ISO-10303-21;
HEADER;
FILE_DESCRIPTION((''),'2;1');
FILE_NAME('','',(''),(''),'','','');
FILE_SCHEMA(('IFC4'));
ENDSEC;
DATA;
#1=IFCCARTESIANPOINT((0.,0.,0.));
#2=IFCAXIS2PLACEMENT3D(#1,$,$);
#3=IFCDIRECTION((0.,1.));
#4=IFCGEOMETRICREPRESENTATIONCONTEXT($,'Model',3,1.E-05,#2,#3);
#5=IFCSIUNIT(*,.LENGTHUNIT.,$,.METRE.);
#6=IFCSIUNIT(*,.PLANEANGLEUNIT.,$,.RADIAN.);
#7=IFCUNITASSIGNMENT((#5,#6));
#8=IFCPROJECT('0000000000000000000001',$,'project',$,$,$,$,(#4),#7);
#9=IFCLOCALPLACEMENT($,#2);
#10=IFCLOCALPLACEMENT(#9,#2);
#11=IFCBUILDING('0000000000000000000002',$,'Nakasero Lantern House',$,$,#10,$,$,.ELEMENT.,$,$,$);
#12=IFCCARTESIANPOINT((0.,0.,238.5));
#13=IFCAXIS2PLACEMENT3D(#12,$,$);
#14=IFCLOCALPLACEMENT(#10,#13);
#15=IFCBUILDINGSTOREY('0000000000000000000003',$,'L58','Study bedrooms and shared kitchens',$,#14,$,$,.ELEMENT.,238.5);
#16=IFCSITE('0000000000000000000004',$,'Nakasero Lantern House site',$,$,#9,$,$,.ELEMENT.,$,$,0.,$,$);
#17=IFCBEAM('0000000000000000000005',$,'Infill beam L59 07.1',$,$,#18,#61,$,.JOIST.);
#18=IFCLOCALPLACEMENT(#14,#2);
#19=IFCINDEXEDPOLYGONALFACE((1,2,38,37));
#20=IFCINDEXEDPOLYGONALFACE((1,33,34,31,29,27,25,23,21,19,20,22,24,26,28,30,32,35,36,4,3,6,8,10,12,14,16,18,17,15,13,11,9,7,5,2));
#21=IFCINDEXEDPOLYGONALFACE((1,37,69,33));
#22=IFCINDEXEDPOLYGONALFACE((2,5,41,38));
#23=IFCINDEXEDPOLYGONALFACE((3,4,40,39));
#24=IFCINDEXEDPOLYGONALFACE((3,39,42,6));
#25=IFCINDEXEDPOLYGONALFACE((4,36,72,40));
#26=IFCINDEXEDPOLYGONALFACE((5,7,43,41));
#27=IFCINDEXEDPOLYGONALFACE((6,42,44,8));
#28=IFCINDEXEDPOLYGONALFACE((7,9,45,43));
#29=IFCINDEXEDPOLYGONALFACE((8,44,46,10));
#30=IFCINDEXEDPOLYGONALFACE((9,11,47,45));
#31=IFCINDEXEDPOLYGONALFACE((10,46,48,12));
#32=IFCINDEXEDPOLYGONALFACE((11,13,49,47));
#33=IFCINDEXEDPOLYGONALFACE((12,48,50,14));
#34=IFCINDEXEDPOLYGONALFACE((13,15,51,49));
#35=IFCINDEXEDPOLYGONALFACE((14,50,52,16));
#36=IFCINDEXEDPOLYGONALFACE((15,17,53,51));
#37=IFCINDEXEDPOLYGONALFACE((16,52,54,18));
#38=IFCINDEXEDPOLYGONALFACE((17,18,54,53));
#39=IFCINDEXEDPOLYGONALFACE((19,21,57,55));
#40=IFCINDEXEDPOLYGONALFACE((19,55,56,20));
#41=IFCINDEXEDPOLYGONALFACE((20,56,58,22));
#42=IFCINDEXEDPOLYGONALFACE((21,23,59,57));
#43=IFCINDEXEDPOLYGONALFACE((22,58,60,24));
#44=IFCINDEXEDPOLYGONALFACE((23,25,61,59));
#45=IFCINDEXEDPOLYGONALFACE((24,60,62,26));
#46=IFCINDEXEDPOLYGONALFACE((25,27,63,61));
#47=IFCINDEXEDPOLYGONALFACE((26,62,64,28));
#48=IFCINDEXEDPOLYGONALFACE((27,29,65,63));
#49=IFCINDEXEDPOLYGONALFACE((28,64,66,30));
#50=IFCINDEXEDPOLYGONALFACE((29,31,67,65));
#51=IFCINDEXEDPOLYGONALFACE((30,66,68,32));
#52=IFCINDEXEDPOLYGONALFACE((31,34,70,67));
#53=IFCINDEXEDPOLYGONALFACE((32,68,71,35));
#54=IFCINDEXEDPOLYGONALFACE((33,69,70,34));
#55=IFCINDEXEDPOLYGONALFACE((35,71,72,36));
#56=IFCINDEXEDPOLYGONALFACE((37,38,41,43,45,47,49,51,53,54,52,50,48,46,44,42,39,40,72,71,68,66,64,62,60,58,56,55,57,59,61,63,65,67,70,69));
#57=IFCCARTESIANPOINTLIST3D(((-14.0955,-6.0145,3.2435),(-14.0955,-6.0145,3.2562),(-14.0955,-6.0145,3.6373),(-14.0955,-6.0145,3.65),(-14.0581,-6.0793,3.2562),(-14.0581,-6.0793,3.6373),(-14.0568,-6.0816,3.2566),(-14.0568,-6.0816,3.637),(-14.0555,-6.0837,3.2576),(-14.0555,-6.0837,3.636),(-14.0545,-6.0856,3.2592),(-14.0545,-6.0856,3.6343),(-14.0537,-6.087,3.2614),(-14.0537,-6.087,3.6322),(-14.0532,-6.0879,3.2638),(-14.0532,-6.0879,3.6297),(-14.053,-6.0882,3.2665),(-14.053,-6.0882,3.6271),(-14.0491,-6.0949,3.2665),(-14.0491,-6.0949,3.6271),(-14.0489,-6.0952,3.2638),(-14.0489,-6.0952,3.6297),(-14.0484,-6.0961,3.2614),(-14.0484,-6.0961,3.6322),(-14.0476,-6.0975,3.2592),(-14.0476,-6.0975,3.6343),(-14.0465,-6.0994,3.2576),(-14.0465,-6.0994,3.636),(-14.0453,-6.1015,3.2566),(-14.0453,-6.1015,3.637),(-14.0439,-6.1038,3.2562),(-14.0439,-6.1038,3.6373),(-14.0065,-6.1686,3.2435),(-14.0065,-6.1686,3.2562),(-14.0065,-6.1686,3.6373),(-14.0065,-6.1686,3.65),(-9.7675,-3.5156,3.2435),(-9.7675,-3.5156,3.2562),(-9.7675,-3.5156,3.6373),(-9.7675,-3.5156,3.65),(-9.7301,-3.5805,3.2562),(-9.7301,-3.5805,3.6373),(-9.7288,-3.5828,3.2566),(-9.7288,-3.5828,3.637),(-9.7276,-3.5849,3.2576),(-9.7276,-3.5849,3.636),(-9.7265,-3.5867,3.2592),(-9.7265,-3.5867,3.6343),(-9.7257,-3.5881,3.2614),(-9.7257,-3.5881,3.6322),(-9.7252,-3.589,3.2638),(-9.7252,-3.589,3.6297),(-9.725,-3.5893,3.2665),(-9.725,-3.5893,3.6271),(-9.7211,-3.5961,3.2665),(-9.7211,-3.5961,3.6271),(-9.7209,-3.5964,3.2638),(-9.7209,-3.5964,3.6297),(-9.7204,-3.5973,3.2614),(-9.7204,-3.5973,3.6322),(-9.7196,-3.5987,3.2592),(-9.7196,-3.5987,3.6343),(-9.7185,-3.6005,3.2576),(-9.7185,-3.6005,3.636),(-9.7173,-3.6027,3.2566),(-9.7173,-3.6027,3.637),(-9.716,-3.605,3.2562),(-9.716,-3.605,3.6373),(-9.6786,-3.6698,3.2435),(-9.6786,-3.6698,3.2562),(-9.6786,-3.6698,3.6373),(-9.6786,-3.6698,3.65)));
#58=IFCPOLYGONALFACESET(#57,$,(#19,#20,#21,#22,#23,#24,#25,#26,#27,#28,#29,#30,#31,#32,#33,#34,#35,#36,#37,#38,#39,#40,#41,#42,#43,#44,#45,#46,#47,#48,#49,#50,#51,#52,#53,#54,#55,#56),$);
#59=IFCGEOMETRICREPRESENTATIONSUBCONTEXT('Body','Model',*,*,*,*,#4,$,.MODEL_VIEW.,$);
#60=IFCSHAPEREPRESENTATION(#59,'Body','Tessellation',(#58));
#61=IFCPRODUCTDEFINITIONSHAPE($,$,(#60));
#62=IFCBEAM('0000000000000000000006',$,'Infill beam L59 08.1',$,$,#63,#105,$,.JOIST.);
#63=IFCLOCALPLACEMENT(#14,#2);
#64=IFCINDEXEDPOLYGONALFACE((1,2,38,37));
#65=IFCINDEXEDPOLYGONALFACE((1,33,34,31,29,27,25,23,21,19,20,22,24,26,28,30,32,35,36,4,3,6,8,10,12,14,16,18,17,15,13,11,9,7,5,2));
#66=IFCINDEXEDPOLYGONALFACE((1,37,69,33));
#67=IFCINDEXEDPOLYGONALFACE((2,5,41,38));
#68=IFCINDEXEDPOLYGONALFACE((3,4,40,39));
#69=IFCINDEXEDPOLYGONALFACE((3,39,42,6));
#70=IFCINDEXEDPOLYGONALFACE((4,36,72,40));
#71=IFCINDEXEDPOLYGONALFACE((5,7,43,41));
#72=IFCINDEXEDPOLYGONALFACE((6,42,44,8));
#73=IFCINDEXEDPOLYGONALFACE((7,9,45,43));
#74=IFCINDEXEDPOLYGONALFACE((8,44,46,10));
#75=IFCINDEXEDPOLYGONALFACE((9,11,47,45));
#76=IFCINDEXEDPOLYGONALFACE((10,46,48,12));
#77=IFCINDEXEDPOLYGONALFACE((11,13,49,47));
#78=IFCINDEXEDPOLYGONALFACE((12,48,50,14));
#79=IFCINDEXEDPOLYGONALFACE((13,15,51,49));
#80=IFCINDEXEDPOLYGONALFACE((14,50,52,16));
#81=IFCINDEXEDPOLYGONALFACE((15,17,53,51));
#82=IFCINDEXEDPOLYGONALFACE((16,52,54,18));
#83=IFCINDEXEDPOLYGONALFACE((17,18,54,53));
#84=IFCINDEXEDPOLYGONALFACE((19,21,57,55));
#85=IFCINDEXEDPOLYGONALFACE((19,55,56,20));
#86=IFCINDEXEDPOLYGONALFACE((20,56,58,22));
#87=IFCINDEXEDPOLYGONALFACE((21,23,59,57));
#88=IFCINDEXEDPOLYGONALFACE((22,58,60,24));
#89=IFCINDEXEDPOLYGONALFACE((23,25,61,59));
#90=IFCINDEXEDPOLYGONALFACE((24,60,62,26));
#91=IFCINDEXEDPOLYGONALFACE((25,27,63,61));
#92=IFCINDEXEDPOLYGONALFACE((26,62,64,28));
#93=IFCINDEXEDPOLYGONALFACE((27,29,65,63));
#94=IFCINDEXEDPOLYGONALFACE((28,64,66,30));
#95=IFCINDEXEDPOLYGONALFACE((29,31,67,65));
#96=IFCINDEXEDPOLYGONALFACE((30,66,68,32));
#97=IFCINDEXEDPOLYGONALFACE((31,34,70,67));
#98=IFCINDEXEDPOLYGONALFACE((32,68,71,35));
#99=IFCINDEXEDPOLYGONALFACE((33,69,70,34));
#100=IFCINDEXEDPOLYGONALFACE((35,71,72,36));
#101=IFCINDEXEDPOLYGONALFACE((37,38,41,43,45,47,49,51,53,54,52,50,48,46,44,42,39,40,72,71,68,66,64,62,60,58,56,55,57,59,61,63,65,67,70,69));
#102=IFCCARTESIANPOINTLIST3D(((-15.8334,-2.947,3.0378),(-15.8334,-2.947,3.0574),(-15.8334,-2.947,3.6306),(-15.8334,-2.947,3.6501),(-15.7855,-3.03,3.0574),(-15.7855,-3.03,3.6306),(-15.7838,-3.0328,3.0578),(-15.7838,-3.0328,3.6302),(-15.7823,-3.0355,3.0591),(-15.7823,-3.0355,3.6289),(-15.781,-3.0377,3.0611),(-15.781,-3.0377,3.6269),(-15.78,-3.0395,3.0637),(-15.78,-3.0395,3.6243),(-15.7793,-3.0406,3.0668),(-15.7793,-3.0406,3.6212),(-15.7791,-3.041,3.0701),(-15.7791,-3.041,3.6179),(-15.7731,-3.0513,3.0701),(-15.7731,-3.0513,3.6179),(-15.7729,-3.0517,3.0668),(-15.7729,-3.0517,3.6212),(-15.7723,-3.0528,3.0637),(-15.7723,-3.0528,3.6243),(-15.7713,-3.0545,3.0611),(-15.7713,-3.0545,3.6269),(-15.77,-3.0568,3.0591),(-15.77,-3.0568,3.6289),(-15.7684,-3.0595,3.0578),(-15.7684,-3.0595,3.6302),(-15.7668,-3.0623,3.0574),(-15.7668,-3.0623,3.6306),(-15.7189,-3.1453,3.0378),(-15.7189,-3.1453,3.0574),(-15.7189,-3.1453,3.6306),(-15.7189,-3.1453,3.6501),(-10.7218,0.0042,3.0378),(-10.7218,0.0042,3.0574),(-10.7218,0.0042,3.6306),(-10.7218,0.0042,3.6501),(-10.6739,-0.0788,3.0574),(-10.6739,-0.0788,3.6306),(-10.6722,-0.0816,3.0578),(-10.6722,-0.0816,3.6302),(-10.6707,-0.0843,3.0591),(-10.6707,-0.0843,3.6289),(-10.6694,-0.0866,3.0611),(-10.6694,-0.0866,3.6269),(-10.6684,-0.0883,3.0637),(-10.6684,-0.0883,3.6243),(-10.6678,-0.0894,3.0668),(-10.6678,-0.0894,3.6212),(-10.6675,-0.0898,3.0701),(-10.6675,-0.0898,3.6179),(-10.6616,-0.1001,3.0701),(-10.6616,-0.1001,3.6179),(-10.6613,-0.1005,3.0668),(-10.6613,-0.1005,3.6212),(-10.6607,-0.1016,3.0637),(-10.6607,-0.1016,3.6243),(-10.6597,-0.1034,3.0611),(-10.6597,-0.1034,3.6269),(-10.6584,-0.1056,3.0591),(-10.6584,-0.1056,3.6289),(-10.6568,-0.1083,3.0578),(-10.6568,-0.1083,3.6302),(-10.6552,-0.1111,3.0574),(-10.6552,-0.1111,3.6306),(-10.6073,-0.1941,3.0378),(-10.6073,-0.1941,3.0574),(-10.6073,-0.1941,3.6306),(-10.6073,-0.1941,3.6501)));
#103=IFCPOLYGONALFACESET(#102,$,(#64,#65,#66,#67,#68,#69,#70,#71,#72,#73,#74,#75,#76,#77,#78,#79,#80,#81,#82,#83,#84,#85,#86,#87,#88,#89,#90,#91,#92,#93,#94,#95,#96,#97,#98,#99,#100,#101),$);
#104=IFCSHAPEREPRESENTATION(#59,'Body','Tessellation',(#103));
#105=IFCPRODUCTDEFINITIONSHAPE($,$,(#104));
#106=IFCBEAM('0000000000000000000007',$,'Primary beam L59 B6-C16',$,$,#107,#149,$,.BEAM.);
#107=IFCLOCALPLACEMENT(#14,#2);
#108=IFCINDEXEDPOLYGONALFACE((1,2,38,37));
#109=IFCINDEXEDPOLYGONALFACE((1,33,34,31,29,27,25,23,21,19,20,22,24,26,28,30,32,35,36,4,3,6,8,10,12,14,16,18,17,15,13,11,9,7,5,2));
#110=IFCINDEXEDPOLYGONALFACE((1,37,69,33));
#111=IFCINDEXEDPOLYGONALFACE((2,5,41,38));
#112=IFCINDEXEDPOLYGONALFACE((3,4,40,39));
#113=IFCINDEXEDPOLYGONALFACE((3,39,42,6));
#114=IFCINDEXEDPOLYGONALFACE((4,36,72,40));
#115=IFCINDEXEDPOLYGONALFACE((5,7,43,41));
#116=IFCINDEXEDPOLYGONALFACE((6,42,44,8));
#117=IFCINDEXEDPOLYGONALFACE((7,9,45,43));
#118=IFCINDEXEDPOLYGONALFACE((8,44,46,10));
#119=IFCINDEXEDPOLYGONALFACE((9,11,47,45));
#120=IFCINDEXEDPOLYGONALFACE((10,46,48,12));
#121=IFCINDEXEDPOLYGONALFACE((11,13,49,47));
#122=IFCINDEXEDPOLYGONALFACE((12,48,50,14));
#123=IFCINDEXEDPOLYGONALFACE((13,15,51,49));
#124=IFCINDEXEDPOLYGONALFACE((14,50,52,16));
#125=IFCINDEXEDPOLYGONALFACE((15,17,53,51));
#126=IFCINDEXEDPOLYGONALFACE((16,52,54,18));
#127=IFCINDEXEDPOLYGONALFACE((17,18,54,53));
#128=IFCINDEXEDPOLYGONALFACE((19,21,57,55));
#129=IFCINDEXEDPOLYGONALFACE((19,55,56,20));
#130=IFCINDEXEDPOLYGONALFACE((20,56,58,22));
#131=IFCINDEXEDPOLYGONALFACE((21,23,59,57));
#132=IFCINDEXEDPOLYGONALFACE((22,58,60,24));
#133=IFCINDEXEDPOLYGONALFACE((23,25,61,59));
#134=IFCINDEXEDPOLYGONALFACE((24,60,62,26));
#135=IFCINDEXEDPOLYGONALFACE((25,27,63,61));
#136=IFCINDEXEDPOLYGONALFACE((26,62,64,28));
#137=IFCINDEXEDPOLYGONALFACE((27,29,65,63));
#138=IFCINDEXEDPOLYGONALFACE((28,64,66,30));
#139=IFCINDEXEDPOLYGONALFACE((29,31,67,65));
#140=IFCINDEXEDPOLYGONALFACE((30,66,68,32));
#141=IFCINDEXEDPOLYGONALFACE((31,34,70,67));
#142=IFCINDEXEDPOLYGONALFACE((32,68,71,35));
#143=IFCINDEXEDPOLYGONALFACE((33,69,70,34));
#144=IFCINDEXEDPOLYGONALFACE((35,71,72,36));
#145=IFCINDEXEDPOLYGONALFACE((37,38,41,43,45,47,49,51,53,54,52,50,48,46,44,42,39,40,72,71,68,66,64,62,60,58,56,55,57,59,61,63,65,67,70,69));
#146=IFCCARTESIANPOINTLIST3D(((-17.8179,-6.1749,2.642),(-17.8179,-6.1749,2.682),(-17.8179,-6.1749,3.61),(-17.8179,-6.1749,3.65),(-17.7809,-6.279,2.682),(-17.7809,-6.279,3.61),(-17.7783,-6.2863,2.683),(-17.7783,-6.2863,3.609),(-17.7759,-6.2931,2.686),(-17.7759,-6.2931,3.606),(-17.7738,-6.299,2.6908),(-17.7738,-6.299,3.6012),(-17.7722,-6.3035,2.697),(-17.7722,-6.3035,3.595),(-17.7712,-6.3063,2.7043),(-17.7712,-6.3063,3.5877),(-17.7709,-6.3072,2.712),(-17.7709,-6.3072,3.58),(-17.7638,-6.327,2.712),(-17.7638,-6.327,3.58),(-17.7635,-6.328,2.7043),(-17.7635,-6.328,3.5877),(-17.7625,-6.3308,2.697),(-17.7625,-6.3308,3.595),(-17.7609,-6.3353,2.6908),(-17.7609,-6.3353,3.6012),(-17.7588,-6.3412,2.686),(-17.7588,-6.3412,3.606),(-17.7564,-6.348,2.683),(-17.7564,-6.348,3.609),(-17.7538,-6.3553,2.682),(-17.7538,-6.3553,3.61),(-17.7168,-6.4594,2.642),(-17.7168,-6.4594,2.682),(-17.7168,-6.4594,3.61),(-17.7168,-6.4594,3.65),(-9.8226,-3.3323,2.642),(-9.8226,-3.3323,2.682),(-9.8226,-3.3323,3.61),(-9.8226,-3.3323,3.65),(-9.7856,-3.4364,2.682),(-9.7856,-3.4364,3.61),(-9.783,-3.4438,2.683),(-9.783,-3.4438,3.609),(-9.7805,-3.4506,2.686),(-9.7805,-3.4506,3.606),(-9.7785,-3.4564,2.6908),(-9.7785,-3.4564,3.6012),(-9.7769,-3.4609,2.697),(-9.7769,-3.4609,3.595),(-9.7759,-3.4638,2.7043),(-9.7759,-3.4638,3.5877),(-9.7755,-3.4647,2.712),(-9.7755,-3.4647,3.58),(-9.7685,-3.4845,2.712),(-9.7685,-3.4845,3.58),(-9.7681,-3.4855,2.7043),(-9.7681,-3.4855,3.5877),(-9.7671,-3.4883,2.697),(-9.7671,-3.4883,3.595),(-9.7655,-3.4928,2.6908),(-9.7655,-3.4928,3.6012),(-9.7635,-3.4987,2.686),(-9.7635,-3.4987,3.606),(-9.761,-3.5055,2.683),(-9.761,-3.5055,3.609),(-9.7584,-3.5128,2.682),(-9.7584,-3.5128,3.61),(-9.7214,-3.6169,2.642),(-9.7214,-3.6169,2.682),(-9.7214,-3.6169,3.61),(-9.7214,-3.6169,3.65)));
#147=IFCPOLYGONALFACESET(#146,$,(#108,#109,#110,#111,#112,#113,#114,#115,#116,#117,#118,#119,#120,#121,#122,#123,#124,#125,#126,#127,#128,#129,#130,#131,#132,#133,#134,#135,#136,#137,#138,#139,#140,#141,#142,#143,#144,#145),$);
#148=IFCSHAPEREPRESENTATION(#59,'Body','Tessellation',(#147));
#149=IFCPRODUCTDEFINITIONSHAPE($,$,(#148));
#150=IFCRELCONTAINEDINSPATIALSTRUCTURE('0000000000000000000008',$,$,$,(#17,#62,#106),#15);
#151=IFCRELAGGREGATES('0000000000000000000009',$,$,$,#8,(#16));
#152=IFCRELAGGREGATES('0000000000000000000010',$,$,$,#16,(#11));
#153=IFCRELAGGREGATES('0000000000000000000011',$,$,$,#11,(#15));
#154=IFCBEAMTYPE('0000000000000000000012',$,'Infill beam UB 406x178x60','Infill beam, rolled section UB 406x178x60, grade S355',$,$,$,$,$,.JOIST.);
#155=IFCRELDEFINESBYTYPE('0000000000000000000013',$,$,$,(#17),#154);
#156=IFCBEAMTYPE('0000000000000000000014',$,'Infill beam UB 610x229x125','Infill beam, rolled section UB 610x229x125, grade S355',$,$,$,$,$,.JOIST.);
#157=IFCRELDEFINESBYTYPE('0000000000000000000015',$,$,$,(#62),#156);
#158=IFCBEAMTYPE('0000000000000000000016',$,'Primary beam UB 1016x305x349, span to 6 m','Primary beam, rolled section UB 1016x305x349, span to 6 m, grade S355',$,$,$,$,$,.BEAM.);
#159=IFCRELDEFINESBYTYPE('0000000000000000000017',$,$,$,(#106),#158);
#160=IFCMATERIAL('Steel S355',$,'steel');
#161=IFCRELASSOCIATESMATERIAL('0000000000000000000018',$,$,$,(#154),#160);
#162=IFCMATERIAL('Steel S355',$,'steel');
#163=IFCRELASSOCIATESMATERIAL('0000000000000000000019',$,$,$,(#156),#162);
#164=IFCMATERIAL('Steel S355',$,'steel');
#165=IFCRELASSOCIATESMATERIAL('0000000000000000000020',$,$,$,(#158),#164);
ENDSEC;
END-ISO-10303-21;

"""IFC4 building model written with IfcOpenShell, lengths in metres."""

from ifc_helpers import new_model, si_unit, direction, frame, origin, origin_2d, place, context, subcontext, project, spatial, i_section, extrude, material, material_profile, profile_set, type_object, element, save


model = new_model("IFC4")

# Units and contexts
model_context = context("Model", 3, precision=1e-05, world=origin(), true_north=direction((0.0, 1.0)))
body_context = subcontext(model_context, "Body", "Model", "MODEL_VIEW")
ifc_project = project(units=[si_unit("LENGTHUNIT", "METRE"), si_unit("PLANEANGLEUNIT", "RADIAN")], contexts=[model_context])

# Site, building, storey
site_placement = place(None, origin())
site = spatial("IfcSite", under=ifc_project, at=site_placement, Name="Nakasero Lantern House site", CompositionType="ELEMENT", RefElevation=0.0)
building_placement = place(site_placement, origin())
building = spatial("IfcBuilding", under=site, at=building_placement, Name="Nakasero Lantern House", CompositionType="ELEMENT")
storey_placement = place(building_placement, frame((0.0, 0.0, 238.5)))
storey = spatial("IfcBuildingStorey", under=building, at=storey_placement, Name="L58", Description="Study bedrooms and shared kitchens", CompositionType="ELEMENT", Elevation=238.5)

# Beams
ifc_material_1 = material(Name="Steel S355", Category="steel")
ifc_material_profile_1 = material_profile(ifc_material_1, i_section(OverallWidth=0.178, OverallDepth=0.4065, WebThickness=0.0078, FlangeThickness=0.0127, FilletRadius=0.0103, at=origin_2d()), Name="UB 406x178x60")
ifc_profile_set_1 = profile_set([ifc_material_profile_1], Name="Steel S355")
beam_type_1 = type_object("IfcBeamType", Name="Infill beam UB 406x178x60", Description="Infill beam, rolled section UB 406x178x60, grade S355", PredefinedType="JOIST", material=ifc_profile_set_1)
beam_1_placement = place(storey_placement, frame((-14.051, -6.0916, 3.4468), z_axis=(0.866019, 0.500011, 0.0), x_axis=(-0.500011, 0.866019, 0.0)))
element("IfcBeam", 1, at=beam_1_placement, inside=storey, type_object=beam_type_1, Name="Infill beam L59 07.1", PredefinedType="JOIST", context=body_context, shape_type="SweptSolid", body=[
    extrude(i_section(OverallWidth=0.178, OverallDepth=0.4065, WebThickness=0.0078, FlangeThickness=0.0127, FilletRadius=0.0103, at=origin_2d()), origin(), (0.0, 0.0, 1.0), 4.9976),
])
ifc_material_2 = material(Name="Steel S355", Category="steel")
ifc_material_profile_2 = material_profile(ifc_material_2, i_section(OverallWidth=0.229, OverallDepth=0.6123, WebThickness=0.012, FlangeThickness=0.0195, FilletRadius=0.0127, at=origin_2d()), Name="UB 610x229x125")
ifc_profile_set_2 = profile_set([ifc_material_profile_2], Name="Steel S355")
beam_type_2 = type_object("IfcBeamType", Name="Infill beam UB 610x229x125", Description="Infill beam, rolled section UB 610x229x125, grade S355", PredefinedType="JOIST", material=ifc_profile_set_2)
beam_2_placement = place(storey_placement, frame((-15.7761, -3.0461, 3.344), z_axis=(0.866025, 0.500001, 0.0), x_axis=(-0.500001, 0.866025, 0.0)))
element("IfcBeam", 2, at=beam_2_placement, inside=storey, type_object=beam_type_2, Name="Infill beam L59 08.1", PredefinedType="JOIST", context=body_context, shape_type="SweptSolid", body=[
    extrude(i_section(OverallWidth=0.229, OverallDepth=0.6123, WebThickness=0.012, FlangeThickness=0.0195, FilletRadius=0.0127, at=origin_2d()), origin(), (0.0, 0.0, 1.0), 5.9023),
])
ifc_material_3 = material(Name="Steel S355", Category="steel")
ifc_material_profile_3 = material_profile(ifc_material_3, i_section(OverallWidth=0.302, OverallDepth=1.0081, WebThickness=0.021, FlangeThickness=0.04, FilletRadius=0.03, at=origin_2d()), Name="UB 1016x305x349")
ifc_profile_set_3 = profile_set([ifc_material_profile_3], Name="Steel S355")
beam_type_3 = type_object("IfcBeamType", Name="Primary beam UB 1016x305x349, span to 6 m", Description="Primary beam, rolled section UB 1016x305x349, span to 6 m, grade S355", PredefinedType="BEAM", material=ifc_profile_set_3)
beam_3_placement = place(storey_placement, frame((-17.7673, -6.3171, 3.146), z_axis=(0.942225, 0.334982, 0.0), x_axis=(-0.334982, 0.942225, 0.0)))
element("IfcBeam", 3, at=beam_3_placement, inside=storey, type_object=beam_type_3, Name="Primary beam L59 B6-C16", PredefinedType="BEAM", context=body_context, shape_type="SweptSolid", body=[
    extrude(i_section(OverallWidth=0.302, OverallDepth=1.0081, WebThickness=0.021, FlangeThickness=0.04, FilletRadius=0.03, at=origin_2d()), origin(), (0.0, 0.0, 1.0), 8.4856),
])

save(model, "model.ifc")
